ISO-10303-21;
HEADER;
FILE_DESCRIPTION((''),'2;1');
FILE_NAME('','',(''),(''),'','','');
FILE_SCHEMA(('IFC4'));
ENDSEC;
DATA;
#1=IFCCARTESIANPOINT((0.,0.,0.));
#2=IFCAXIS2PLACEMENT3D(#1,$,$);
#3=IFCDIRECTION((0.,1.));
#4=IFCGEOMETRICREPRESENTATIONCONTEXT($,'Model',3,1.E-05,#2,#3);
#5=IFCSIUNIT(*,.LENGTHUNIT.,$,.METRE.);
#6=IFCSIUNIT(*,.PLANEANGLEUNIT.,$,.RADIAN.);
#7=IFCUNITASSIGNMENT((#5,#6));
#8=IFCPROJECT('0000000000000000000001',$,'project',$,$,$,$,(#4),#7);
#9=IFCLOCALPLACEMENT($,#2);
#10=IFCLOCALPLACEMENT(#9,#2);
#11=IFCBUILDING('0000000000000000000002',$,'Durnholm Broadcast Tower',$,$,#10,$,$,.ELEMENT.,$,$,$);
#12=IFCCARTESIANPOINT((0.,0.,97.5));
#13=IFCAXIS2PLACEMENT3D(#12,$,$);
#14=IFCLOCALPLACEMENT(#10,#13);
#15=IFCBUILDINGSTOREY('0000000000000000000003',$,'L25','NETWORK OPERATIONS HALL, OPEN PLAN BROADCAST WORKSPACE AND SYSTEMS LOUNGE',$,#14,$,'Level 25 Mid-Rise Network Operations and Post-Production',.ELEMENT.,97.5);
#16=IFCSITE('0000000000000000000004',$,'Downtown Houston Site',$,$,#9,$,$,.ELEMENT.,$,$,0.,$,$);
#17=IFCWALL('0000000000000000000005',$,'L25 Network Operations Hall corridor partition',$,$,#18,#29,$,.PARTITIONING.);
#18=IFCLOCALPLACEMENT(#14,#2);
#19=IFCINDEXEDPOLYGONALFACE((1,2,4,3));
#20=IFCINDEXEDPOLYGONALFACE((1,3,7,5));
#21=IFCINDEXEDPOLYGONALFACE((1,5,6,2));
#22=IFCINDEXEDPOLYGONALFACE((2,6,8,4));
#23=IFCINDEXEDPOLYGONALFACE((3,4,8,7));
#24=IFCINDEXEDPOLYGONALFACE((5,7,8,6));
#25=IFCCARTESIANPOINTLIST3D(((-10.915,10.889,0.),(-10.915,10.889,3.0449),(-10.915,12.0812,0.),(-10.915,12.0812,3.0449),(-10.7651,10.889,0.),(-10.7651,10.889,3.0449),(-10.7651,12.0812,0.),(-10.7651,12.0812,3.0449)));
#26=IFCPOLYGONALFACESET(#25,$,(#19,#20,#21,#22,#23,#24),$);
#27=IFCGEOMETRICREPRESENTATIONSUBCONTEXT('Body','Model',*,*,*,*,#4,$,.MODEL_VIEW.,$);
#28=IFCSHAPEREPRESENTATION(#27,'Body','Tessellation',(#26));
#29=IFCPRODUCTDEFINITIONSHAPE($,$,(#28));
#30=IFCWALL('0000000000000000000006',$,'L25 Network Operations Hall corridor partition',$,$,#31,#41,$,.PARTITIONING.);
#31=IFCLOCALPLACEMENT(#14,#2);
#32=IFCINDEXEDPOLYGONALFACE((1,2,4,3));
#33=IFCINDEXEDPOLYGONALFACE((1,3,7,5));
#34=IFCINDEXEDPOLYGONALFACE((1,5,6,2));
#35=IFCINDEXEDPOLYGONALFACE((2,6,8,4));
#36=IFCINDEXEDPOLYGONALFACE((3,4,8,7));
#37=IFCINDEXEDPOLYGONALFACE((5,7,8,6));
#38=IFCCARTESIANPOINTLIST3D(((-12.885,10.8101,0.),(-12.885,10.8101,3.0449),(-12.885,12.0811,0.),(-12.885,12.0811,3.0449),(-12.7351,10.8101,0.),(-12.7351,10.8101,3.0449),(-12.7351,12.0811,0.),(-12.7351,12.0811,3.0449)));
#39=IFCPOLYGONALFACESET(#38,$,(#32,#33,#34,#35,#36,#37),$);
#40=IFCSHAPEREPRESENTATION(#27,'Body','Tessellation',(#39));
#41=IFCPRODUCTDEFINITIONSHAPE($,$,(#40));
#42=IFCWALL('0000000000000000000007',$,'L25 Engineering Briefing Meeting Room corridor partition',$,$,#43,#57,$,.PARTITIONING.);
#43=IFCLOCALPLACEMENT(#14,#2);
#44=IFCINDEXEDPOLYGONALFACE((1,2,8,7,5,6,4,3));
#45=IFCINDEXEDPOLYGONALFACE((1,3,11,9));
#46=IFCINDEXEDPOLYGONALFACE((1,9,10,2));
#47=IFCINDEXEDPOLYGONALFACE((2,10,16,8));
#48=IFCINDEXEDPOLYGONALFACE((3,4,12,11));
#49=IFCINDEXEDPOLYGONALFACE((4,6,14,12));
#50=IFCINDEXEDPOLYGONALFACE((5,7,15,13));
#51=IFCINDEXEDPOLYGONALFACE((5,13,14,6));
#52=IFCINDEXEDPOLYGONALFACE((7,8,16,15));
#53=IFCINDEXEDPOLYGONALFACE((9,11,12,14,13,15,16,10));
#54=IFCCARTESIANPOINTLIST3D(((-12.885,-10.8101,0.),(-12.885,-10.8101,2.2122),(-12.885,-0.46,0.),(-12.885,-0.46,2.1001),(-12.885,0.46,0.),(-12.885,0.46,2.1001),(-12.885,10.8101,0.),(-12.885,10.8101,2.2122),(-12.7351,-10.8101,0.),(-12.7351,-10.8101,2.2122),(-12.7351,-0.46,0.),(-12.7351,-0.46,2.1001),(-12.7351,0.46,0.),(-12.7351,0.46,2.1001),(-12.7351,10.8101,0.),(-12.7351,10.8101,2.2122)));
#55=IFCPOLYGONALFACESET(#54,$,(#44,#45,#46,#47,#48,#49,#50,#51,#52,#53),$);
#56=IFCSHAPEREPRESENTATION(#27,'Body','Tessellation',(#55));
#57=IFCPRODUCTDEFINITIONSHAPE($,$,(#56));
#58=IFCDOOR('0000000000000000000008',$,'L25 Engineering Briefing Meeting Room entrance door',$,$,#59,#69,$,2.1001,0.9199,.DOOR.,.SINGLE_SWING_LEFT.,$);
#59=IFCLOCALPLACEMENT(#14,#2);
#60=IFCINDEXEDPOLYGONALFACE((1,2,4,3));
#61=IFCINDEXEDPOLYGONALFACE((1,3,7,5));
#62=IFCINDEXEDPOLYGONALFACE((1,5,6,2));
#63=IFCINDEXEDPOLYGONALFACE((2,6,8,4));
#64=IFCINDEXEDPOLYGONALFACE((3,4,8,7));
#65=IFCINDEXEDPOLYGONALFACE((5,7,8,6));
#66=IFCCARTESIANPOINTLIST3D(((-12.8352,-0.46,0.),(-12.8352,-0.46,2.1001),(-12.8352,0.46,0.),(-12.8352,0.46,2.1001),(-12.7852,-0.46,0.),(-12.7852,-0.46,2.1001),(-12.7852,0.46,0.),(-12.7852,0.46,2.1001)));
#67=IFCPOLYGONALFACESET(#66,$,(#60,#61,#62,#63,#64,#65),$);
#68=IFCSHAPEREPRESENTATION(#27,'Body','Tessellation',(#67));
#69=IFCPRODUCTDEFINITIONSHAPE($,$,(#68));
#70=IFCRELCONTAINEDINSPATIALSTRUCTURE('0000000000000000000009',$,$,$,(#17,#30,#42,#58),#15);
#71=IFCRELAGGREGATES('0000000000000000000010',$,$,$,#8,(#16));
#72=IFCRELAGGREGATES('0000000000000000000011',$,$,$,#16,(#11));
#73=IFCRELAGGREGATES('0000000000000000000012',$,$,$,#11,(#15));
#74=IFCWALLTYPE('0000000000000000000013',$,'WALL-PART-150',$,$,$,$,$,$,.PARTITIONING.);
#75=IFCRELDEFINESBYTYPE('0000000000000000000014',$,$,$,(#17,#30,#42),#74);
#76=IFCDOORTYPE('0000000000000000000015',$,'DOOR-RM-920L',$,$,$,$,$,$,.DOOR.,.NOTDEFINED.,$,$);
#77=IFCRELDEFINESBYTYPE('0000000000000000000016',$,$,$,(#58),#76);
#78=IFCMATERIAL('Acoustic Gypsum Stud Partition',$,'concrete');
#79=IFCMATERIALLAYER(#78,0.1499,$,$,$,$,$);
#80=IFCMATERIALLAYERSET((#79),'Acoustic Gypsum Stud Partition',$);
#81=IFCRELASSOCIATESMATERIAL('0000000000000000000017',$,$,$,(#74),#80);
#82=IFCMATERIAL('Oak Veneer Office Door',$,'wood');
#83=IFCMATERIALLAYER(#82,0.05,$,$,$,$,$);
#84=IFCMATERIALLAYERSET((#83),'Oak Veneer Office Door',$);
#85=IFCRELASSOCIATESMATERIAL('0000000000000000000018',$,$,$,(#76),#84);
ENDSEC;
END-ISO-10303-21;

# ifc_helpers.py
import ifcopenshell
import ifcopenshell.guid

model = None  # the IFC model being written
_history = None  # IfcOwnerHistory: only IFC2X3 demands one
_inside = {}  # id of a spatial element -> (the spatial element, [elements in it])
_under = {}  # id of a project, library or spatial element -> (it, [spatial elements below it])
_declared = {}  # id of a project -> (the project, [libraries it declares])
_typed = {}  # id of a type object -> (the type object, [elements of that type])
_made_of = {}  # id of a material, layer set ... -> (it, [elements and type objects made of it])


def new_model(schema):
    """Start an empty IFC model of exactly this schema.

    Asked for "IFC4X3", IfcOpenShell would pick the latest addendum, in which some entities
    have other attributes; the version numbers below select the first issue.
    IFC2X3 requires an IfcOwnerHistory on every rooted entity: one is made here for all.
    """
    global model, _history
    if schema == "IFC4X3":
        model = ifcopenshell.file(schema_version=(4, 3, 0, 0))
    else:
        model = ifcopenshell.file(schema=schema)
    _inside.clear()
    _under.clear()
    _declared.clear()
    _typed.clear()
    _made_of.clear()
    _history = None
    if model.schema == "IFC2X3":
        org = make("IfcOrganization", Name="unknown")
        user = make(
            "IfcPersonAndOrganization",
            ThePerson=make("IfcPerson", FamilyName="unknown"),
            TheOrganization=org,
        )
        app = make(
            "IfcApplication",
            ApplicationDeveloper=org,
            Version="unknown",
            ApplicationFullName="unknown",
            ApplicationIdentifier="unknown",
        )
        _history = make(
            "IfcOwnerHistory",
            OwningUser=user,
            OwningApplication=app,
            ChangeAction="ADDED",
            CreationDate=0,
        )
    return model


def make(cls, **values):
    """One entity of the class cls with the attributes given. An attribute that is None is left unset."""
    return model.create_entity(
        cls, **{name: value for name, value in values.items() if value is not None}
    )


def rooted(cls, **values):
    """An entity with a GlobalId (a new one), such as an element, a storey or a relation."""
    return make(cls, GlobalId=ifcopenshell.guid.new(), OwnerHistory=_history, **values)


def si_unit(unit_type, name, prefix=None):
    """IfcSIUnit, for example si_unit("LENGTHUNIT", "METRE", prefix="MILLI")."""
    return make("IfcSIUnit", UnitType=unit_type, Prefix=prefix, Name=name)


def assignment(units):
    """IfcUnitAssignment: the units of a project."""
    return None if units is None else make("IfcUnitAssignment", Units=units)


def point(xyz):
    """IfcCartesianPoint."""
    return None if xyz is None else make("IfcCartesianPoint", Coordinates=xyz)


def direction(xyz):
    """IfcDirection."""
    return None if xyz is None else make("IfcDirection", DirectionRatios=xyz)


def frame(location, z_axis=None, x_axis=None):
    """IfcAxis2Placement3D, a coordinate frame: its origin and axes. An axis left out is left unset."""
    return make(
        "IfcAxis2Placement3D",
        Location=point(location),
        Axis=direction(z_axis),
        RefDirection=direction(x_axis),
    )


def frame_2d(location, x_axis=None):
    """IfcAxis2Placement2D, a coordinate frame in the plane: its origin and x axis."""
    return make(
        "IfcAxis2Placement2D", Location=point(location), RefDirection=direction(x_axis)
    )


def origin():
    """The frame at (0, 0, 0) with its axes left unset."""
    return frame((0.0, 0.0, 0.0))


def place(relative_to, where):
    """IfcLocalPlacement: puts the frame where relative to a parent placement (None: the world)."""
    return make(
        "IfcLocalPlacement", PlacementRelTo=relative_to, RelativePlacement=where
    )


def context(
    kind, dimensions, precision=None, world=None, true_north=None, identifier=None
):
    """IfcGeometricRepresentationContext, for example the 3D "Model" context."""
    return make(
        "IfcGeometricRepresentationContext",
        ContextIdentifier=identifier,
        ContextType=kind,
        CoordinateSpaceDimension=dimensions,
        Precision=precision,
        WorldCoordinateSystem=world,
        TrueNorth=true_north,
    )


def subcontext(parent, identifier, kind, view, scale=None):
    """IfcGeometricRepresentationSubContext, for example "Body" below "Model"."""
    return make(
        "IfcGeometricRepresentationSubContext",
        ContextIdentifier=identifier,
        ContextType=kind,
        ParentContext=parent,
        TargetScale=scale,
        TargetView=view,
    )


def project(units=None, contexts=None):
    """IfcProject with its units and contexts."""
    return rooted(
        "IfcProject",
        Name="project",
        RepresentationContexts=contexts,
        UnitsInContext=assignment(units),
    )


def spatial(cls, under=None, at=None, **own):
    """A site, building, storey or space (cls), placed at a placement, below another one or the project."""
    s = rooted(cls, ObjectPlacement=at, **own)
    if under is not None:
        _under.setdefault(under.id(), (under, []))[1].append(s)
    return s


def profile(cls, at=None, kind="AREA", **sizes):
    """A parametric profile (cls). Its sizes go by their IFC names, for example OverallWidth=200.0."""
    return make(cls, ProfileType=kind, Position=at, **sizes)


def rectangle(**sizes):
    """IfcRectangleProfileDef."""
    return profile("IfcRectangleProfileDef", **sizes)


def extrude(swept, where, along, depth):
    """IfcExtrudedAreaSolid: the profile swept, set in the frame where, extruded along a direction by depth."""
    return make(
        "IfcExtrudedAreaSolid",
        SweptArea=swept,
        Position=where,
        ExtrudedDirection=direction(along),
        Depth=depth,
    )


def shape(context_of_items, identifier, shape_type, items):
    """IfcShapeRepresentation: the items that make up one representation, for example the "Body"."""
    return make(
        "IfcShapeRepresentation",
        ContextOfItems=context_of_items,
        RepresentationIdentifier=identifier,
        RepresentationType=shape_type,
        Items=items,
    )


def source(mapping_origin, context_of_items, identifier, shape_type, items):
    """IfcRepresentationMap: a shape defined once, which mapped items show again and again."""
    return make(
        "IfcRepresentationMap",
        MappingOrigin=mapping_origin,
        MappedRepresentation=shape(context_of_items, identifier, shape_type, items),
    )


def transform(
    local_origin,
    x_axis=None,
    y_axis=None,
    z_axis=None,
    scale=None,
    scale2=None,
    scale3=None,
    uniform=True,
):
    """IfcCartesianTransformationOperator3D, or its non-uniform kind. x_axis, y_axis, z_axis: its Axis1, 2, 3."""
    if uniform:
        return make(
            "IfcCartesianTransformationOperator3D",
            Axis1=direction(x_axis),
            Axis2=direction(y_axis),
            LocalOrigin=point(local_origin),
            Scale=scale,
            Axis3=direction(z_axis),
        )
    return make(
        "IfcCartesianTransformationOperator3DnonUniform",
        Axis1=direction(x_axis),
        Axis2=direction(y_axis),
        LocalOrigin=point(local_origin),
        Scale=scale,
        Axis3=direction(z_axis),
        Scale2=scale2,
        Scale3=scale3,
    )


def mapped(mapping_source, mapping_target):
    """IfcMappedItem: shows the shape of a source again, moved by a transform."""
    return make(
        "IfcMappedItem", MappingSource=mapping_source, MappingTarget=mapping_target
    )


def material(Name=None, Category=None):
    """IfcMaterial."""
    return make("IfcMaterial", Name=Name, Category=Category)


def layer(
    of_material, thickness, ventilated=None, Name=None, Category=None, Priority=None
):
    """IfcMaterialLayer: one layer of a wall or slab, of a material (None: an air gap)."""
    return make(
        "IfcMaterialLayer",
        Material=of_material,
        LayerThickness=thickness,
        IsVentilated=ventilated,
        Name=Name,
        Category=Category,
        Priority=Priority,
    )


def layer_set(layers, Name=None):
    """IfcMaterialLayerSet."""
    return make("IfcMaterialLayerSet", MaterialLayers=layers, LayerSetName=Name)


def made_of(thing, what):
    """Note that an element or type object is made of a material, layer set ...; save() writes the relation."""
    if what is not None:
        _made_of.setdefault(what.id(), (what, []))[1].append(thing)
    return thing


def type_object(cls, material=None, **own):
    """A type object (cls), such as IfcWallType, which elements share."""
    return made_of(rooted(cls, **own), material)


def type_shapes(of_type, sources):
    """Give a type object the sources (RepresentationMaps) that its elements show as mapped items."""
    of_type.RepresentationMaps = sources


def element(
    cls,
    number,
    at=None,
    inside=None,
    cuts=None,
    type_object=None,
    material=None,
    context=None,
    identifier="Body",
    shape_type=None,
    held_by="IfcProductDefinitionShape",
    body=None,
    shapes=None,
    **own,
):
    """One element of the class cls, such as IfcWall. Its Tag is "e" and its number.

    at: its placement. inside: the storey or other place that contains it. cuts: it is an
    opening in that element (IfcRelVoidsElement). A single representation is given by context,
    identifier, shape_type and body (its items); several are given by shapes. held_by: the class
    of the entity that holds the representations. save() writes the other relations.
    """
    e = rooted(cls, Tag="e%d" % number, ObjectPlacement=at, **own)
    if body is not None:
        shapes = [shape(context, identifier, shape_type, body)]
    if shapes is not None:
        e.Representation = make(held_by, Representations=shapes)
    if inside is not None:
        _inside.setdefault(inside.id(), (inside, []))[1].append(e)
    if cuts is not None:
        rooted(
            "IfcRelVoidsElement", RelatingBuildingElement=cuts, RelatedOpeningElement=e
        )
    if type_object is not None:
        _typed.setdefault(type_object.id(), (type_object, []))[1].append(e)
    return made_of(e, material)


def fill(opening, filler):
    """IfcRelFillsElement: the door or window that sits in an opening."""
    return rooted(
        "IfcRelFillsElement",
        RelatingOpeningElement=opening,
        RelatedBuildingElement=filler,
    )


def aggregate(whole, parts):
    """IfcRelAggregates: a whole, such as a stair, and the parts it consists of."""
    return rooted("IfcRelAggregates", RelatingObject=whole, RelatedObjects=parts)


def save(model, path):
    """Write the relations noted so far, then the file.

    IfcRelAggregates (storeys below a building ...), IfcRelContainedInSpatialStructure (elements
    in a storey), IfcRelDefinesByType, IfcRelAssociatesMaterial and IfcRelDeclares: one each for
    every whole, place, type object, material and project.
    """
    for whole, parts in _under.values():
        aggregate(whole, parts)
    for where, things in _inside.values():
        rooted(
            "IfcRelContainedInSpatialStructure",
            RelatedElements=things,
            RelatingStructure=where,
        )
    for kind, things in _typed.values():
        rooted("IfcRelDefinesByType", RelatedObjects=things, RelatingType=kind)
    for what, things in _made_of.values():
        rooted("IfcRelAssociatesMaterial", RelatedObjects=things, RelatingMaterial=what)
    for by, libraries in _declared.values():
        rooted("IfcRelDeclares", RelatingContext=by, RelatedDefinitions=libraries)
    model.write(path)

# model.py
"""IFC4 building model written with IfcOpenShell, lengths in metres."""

from ifc_helpers import new_model, si_unit, direction, frame, frame_2d, origin, place, context, subcontext, project, spatial, rectangle, extrude, source, transform, mapped, material, layer, layer_set, type_object, type_shapes, element, fill, save


model = new_model("IFC4")

# Units and contexts
model_context = context("Model", 3, precision=1e-05, world=origin(), true_north=direction((0.0, 1.0)))
body_context = subcontext(model_context, "Body", "Model", "MODEL_VIEW")
ifc_project = project(units=[si_unit("LENGTHUNIT", "METRE"), si_unit("PLANEANGLEUNIT", "RADIAN")], contexts=[model_context])

# Site, building, storey
site_placement = place(None, origin())
site = spatial("IfcSite", under=ifc_project, at=site_placement, Name="Downtown Houston Site", CompositionType="ELEMENT", RefElevation=0.0)
building_placement = place(site_placement, origin())
building = spatial("IfcBuilding", under=site, at=building_placement, Name="Durnholm Broadcast Tower", CompositionType="ELEMENT")
storey_placement = place(building_placement, frame((0.0, 0.0, 97.5)))
storey = spatial("IfcBuildingStorey", under=building, at=storey_placement, Name="L25", Description="NETWORK OPERATIONS HALL, OPEN PLAN BROADCAST WORKSPACE AND SYSTEMS LOUNGE", LongName="Level 25 Mid-Rise Network Operations and Post-Production", CompositionType="ELEMENT", Elevation=97.5)

# Shared definitions
ifc_material_1 = material(Name="Acoustic Gypsum Stud Partition", Category="concrete")
ifc_layer_1 = layer(ifc_material_1, 0.1499)
ifc_layer_set_1 = layer_set([ifc_layer_1], Name="Acoustic Gypsum Stud Partition")
wall_type_1 = type_object("IfcWallType", Name="WALL-PART-150", PredefinedType="PARTITIONING", material=ifc_layer_set_1)
ifc_material_2 = material(Name="Oak Veneer Office Door", Category="wood")
ifc_layer_2 = layer(ifc_material_2, 0.05)
ifc_layer_set_2 = layer_set([ifc_layer_2], Name="Oak Veneer Office Door")
door_type = type_object("IfcDoorType", Name="DOOR-RM-920L", OperationType="NOTDEFINED", PredefinedType="DOOR", material=ifc_layer_set_2)
shared_shape_1 = source(origin(), body_context, "Body", "SweptSolid", [
    extrude(rectangle(XDim=0.9199, YDim=2.1001, at=frame_2d((0.46, 1.05))), frame((0.0, 0.0249, 0.0), z_axis=(0.0, -1.0, 0.0), x_axis=(1.0, 0.0, 0.0)), (0.0, 0.0, 1.0), 0.05),
])
type_shapes(door_type, [shared_shape_1])

# Walls
wall_1_placement = place(storey_placement, frame((-10.8401, 10.8889, 0.0), z_axis=(0.0, 0.0, 1.0), x_axis=(0.0, 1.0, 0.0)))
element("IfcWall", 1, at=wall_1_placement, inside=storey, type_object=wall_type_1, Name="L25 Network Operations Hall corridor partition", PredefinedType="PARTITIONING", context=body_context, shape_type="SweptSolid", body=[
    extrude(rectangle(XDim=1.1921, YDim=0.1499, at=frame_2d((0.5962, 0.0))), origin(), (0.0, 0.0, 1.0), 3.0449),
])
wall_2_placement = place(storey_placement, frame((-12.8101, 12.0811, 0.0), z_axis=(0.0, 0.0, 1.0), x_axis=(0.0, -1.0, 0.0)))
element("IfcWall", 2, at=wall_2_placement, inside=storey, type_object=wall_type_1, Name="L25 Network Operations Hall corridor partition", PredefinedType="PARTITIONING", context=body_context, shape_type="SweptSolid", body=[
    extrude(rectangle(XDim=1.271, YDim=0.1499, at=frame_2d((0.6355, 0.0))), origin(), (0.0, 0.0, 1.0), 3.0449),
])

# Wall, opening, door
wall_3_placement = place(storey_placement, frame((-12.8101, 10.8101, 0.0), z_axis=(0.0, 0.0, 1.0), x_axis=(0.0, -1.0, 0.0)))
wall_3 = element("IfcWall", 3, at=wall_3_placement, inside=storey, type_object=wall_type_1, Name="L25 Engineering Briefing Meeting Room corridor partition", PredefinedType="PARTITIONING", context=body_context, shape_type="SweptSolid", body=[
    extrude(rectangle(XDim=21.6201, YDim=0.1499, at=frame_2d((10.8101, 0.0))), origin(), (0.0, 0.0, 1.0), 2.2122),
])
opening_1_placement = place(wall_3_placement, frame((10.3501, 0.0, 0.0)))
opening_1 = element("IfcOpeningElement", 4, at=opening_1_placement, cuts=wall_3, PredefinedType="OPENING", context=body_context, shape_type="SweptSolid", body=[
    extrude(rectangle(XDim=0.9199, YDim=2.1001, at=frame_2d((0.46, 1.05))), frame((0.0, 0.085, 0.0), z_axis=(0.0, -1.0, 0.0), x_axis=(1.0, 0.0, 0.0)), (0.0, 0.0, 1.0), 0.1699),
])
door_1_placement = place(opening_1_placement, origin())
door_1 = element("IfcDoor", 5, at=door_1_placement, inside=storey, type_object=door_type, Name="L25 Engineering Briefing Meeting Room entrance door", OperationType="SINGLE_SWING_LEFT", OverallHeight=2.1001, OverallWidth=0.9199, PredefinedType="DOOR", context=body_context, shape_type="MappedRepresentation", body=[
    mapped(shared_shape_1, transform((0.0, 0.0, 0.0), x_axis=(1.0, 0.0, 0.0), y_axis=(0.0, 1.0, 0.0), z_axis=(0.0, 0.0, 1.0), scale=1.0)),
])
fill(opening_1, door_1)

save(model, "model.ifc")
